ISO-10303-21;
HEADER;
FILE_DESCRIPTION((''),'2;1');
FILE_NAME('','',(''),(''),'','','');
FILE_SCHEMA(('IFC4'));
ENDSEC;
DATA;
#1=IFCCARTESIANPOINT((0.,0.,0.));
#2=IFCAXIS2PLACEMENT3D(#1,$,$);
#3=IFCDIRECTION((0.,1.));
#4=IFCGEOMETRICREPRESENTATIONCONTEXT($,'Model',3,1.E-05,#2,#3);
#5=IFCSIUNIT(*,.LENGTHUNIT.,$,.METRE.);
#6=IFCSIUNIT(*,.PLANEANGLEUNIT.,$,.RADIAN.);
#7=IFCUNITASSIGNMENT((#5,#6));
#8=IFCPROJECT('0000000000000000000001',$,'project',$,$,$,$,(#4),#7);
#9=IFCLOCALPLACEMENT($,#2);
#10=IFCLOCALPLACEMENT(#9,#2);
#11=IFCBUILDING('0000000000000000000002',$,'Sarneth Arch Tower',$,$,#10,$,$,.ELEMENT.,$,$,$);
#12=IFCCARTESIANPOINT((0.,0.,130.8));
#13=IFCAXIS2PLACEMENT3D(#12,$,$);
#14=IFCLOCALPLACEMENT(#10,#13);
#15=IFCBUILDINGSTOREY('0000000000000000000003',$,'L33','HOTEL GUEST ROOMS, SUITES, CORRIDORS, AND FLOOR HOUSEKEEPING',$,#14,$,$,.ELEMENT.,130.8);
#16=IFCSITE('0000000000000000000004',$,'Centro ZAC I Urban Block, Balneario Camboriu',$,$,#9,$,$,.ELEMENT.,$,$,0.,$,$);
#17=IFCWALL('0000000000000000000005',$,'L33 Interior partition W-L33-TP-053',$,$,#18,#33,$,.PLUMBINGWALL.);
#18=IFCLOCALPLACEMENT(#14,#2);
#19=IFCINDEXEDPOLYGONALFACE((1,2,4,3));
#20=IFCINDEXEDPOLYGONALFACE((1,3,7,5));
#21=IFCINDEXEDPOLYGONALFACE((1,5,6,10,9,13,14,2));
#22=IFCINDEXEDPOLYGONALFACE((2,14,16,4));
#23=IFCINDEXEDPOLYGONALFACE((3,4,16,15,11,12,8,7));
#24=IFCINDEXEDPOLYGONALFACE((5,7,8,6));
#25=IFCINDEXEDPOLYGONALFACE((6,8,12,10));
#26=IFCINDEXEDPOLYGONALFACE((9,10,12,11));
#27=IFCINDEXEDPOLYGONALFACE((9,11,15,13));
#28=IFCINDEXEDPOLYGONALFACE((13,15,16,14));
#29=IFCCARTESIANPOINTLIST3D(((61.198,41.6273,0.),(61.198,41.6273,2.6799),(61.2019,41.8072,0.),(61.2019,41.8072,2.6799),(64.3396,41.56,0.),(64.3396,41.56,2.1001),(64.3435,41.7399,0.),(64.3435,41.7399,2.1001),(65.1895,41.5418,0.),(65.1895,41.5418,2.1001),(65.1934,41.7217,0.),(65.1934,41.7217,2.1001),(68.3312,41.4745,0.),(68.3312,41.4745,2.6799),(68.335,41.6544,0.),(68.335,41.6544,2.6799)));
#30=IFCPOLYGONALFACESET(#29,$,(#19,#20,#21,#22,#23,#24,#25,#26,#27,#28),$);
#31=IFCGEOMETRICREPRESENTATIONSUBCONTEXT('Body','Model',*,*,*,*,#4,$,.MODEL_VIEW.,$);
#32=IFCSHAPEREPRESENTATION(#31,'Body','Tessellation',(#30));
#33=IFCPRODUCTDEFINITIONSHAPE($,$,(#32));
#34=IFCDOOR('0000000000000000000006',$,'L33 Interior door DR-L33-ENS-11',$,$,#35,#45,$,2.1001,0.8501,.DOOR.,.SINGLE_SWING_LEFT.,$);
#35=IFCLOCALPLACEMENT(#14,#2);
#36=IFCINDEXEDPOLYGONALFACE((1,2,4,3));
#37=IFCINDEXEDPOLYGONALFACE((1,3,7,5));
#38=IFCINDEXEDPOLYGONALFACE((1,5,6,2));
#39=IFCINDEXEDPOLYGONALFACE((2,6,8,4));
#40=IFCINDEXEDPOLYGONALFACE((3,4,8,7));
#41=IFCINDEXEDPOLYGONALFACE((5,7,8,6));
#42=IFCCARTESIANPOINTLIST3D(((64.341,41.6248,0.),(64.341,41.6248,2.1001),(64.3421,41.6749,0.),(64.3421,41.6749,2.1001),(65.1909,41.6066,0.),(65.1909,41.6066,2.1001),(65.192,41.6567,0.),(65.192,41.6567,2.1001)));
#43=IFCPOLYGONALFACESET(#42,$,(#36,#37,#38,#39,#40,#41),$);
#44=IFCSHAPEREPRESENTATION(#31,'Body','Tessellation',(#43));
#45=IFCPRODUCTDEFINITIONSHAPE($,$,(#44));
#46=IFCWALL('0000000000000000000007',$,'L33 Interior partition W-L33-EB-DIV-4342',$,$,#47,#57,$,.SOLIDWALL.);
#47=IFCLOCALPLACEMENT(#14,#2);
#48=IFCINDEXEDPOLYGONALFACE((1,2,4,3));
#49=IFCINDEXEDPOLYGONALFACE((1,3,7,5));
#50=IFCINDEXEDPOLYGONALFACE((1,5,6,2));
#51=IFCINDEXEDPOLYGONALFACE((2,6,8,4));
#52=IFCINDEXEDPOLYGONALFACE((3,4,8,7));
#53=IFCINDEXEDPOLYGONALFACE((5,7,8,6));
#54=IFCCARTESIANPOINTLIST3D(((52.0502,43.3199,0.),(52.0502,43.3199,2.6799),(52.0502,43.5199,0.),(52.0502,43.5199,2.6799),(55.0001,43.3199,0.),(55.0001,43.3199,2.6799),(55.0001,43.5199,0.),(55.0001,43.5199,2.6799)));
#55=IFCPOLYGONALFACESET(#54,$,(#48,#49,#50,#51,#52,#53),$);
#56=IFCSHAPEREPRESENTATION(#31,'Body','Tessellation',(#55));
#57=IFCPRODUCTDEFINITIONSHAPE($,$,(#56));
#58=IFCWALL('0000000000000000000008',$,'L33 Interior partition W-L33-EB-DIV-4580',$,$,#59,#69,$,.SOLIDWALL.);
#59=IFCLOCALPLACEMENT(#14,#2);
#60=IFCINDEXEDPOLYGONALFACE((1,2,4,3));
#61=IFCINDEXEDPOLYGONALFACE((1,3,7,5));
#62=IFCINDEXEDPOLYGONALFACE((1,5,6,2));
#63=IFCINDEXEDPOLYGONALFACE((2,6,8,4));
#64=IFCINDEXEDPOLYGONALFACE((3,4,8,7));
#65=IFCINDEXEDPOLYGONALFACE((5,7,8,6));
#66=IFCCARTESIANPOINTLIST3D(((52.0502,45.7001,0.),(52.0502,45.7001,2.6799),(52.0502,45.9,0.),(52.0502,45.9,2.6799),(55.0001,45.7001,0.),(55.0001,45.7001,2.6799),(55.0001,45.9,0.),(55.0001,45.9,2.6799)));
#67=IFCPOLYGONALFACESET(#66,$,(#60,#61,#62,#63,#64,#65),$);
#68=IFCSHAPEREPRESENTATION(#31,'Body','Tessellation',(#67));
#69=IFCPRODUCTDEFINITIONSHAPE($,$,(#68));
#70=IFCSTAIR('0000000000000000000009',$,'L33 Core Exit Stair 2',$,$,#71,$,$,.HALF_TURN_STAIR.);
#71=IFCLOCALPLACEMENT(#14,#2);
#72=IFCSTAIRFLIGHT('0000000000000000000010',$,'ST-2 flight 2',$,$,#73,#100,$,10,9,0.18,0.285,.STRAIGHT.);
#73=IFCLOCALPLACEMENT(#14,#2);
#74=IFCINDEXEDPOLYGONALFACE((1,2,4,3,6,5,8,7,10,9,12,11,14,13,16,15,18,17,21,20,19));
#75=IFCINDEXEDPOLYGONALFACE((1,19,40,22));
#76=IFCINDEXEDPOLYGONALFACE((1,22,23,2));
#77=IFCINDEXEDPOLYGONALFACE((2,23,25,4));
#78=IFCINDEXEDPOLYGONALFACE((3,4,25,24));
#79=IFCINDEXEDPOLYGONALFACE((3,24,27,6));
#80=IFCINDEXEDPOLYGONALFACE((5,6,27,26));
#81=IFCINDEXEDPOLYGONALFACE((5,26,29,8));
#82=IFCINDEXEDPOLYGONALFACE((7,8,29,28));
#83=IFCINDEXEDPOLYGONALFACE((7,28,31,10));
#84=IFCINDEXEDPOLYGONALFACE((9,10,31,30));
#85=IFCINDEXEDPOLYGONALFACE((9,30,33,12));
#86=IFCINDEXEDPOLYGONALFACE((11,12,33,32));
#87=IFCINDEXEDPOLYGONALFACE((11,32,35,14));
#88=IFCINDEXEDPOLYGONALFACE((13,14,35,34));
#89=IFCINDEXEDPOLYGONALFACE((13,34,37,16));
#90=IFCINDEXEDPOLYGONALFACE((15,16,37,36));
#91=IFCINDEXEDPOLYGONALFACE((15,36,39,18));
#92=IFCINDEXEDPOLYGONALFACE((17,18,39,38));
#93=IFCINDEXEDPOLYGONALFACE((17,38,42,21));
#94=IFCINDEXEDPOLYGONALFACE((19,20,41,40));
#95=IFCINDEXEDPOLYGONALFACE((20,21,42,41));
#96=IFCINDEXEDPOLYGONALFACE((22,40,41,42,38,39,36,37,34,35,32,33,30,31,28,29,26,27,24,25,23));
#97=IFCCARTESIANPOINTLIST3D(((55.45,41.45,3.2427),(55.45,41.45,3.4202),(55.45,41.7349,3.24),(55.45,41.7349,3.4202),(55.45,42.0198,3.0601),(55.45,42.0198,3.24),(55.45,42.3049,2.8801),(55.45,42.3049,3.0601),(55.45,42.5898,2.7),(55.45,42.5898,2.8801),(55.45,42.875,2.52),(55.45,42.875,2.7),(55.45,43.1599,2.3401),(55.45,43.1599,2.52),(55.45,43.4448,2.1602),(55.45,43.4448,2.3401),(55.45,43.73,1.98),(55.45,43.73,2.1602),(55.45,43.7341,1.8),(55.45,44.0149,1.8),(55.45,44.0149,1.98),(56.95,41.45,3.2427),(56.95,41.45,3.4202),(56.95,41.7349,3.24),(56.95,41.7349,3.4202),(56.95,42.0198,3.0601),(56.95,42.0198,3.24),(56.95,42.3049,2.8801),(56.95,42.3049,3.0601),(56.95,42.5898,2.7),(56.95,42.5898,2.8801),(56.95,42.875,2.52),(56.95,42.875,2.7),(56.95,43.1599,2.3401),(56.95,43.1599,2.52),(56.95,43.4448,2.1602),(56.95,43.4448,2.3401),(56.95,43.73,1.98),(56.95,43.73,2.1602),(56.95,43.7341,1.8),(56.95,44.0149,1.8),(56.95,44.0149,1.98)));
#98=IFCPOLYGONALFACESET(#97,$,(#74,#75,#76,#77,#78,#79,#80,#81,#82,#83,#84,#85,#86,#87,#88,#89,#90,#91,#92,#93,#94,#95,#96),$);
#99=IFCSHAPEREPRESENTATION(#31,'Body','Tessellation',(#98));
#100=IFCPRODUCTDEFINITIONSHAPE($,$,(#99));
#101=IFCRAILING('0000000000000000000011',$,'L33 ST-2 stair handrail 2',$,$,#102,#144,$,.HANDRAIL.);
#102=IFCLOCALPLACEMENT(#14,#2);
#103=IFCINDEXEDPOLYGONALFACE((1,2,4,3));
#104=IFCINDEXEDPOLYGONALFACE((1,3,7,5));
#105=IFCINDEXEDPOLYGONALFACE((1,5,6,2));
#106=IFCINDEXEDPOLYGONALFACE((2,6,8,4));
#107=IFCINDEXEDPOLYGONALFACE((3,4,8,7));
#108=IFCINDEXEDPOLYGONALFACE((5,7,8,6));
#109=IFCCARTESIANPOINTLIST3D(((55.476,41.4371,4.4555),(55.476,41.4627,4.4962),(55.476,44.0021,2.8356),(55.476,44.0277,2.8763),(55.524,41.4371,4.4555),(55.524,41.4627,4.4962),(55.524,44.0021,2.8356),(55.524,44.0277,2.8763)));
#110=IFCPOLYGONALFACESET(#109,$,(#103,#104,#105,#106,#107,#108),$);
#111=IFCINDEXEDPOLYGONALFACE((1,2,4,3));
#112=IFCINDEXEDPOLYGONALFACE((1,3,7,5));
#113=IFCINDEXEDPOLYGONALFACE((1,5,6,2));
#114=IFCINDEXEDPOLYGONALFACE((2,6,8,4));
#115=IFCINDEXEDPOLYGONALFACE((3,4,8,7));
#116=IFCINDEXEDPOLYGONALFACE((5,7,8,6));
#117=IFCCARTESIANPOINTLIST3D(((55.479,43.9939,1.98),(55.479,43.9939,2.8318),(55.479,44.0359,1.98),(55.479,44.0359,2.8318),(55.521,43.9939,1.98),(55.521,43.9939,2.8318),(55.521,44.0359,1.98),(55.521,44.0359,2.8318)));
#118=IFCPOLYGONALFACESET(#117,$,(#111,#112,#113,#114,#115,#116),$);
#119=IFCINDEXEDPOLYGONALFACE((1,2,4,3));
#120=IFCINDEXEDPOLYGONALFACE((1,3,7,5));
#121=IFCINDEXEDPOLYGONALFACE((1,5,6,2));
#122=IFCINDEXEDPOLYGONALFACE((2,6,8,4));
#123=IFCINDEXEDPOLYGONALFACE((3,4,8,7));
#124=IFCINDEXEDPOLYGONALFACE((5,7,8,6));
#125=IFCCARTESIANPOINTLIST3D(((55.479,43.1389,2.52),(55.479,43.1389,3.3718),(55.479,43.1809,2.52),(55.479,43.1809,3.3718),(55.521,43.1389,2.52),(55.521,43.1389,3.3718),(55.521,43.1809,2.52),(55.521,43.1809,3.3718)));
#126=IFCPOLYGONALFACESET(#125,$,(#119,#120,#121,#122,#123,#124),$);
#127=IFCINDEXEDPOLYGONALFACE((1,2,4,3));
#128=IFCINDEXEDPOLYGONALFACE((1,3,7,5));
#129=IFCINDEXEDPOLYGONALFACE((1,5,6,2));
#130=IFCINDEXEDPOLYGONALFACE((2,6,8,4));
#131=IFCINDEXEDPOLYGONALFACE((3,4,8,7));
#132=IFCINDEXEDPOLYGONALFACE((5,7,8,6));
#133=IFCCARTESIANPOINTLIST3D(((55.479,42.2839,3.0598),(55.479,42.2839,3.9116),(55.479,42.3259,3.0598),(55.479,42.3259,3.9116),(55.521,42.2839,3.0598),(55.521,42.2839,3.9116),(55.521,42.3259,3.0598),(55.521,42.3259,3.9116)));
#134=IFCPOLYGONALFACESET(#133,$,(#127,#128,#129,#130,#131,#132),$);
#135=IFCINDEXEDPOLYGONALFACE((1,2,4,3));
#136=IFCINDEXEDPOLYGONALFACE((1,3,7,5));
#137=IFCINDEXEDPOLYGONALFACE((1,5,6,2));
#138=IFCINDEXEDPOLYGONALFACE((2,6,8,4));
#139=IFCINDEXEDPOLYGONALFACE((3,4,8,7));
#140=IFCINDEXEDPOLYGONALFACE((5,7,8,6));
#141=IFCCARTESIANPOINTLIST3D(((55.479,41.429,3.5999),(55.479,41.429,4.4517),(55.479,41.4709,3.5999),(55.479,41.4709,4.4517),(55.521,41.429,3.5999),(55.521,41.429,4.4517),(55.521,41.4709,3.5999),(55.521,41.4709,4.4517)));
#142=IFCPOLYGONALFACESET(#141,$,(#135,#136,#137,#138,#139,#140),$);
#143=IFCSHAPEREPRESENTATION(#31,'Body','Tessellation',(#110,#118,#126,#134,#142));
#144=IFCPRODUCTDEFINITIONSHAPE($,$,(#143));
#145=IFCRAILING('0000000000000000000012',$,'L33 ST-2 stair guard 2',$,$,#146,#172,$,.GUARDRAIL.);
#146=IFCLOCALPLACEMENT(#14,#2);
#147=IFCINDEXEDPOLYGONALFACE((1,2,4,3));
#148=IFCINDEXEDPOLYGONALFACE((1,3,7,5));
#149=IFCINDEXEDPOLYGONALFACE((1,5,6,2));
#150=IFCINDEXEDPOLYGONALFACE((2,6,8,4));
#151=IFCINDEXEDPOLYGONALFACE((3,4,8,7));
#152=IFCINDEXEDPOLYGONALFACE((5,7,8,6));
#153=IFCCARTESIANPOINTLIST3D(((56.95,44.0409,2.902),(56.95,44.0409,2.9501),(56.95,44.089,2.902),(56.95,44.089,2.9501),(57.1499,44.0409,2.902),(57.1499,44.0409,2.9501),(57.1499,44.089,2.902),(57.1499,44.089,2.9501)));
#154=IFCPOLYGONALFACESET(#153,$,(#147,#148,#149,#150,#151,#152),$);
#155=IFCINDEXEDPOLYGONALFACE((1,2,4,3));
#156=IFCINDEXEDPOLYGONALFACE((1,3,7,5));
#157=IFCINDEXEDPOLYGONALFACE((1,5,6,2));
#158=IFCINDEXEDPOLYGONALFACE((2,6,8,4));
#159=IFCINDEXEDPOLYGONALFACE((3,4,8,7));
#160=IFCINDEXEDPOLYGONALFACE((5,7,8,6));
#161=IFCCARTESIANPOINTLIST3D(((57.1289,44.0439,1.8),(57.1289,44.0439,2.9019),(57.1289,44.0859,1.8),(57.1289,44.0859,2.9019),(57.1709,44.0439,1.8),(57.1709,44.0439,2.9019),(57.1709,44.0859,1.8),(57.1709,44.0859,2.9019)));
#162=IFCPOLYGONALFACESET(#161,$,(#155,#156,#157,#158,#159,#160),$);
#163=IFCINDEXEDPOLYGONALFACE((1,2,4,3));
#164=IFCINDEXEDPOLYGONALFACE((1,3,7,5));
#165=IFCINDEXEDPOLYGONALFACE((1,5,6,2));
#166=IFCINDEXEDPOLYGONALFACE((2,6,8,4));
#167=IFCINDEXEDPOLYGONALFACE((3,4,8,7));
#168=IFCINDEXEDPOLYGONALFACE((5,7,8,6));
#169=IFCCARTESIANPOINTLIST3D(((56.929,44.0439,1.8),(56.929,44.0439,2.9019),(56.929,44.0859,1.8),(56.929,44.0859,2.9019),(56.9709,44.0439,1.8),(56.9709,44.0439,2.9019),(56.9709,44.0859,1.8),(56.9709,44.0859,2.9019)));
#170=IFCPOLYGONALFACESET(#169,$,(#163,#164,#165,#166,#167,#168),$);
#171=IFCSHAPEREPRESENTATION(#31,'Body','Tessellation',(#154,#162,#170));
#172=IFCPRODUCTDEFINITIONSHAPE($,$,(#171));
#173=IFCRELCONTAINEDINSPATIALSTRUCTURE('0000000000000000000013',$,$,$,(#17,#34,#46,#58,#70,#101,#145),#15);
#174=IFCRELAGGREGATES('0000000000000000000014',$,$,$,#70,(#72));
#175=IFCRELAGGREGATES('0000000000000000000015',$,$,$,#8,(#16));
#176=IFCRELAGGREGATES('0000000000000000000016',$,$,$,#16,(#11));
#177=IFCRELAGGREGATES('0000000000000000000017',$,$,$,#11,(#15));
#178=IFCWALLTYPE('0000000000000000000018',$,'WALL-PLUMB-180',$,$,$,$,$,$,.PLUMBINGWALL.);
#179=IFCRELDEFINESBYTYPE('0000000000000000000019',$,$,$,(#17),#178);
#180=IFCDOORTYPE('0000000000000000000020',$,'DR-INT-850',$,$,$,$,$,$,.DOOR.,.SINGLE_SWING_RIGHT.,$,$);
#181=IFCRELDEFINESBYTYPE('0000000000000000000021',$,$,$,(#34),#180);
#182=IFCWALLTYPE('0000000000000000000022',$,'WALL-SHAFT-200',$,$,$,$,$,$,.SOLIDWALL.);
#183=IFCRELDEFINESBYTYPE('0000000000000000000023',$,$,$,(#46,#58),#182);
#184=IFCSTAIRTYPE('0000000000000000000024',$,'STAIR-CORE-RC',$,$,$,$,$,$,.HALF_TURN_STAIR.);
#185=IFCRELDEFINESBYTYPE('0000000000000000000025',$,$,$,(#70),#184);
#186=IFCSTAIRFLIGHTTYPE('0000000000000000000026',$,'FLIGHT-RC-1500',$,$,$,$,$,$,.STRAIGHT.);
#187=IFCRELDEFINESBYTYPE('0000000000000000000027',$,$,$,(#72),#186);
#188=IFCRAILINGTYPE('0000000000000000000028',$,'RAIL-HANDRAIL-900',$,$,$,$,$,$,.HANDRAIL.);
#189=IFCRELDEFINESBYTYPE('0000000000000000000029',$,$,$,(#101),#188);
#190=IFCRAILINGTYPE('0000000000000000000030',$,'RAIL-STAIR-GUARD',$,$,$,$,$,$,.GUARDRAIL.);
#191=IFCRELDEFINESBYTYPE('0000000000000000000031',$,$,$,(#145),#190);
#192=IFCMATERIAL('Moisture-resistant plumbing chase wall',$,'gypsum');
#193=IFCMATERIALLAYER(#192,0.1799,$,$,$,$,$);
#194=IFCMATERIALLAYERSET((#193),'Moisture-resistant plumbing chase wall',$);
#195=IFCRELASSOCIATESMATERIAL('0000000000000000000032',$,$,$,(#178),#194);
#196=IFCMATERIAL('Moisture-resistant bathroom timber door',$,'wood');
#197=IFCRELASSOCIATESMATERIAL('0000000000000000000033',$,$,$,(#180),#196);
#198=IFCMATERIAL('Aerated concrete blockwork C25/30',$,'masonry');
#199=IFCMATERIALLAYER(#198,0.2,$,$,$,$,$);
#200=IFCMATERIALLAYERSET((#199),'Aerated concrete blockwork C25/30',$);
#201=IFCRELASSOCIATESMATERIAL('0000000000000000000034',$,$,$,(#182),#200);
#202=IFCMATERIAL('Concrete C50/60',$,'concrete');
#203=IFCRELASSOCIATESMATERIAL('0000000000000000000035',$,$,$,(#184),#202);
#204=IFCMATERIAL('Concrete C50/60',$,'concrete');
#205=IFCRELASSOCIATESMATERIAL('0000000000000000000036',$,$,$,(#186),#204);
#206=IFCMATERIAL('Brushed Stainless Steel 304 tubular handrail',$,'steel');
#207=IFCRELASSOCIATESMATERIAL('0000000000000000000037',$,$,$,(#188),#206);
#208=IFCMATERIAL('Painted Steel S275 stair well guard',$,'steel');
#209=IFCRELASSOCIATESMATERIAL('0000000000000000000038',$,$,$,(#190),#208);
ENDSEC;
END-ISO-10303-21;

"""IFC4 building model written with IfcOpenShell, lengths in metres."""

from ifc_helpers import new_model, si_unit, direction, frame, frame_2d, origin, origin_2d, place, context, subcontext, project, spatial, polyline, rectangle, outline, extrude, material, layer, layer_set, type_object, element, fill, aggregate, save


model = new_model("IFC4")

# Units and contexts
model_context = context("Model", 3, precision=1e-05, world=origin(), true_north=direction((0.0, 1.0)))
body_context = subcontext(model_context, "Body", "Model", "MODEL_VIEW")
ifc_project = project(units=[si_unit("LENGTHUNIT", "METRE"), si_unit("PLANEANGLEUNIT", "RADIAN")], contexts=[model_context])

# Site, building, storey
site_placement = place(None, origin())
site = spatial("IfcSite", under=ifc_project, at=site_placement, Name="Centro ZAC I Urban Block, Balneario Camboriu", CompositionType="ELEMENT", RefElevation=0.0)
building_placement = place(site_placement, origin())
building = spatial("IfcBuilding", under=site, at=building_placement, Name="Sarneth Arch Tower", CompositionType="ELEMENT")
storey_placement = place(building_placement, frame((0.0, 0.0, 130.8)))
storey = spatial("IfcBuildingStorey", under=building, at=storey_placement, Name="L33", Description="HOTEL GUEST ROOMS, SUITES, CORRIDORS, AND FLOOR HOUSEKEEPING", CompositionType="ELEMENT", Elevation=130.8)

# Wall, opening, door
ifc_material_1 = material(Name="Moisture-resistant plumbing chase wall", Category="gypsum")
ifc_layer_1 = layer(ifc_material_1, 0.1799)
ifc_layer_set_1 = layer_set([ifc_layer_1], Name="Moisture-resistant plumbing chase wall")
wall_type_1 = type_object("IfcWallType", Name="WALL-PLUMB-180", PredefinedType="PLUMBINGWALL", material=ifc_layer_set_1)
wall_1_placement = place(storey_placement, frame((61.2, 41.7173, 0.0), z_axis=(0.0, 0.0, 1.0), x_axis=(0.999771, -0.021421, 0.0)))
wall_1 = element("IfcWall", 1, at=wall_1_placement, inside=storey, type_object=wall_type_1, Name="L33 Interior partition W-L33-TP-053", PredefinedType="PLUMBINGWALL", context=body_context, shape_type="SweptSolid", body=[
    extrude(rectangle(XDim=7.1348, YDim=0.1799, at=frame_2d((3.5674, 0.0))), origin(), (0.0, 0.0, 1.0), 2.6799),
])
opening_1_placement = place(wall_1_placement, frame((3.1423, 0.0, 0.0)))
opening_1 = element("IfcOpeningElement", 2, at=opening_1_placement, cuts=wall_1, PredefinedType="OPENING", context=body_context, shape_type="SweptSolid", body=[
    extrude(rectangle(XDim=0.8501, YDim=2.1001, at=frame_2d((0.425, 1.05))), frame((0.0, 0.0999, 0.0), z_axis=(0.0, -1.0, 0.0), x_axis=(1.0, 0.0, 0.0)), (0.0, 0.0, 1.0), 0.2),
])
ifc_material_2 = material(Name="Moisture-resistant bathroom timber door", Category="wood")
door_type_1 = type_object("IfcDoorType", Name="DR-INT-850", OperationType="SINGLE_SWING_RIGHT", PredefinedType="DOOR", material=ifc_material_2)
door_1_placement = place(opening_1_placement, origin())
door_1 = element("IfcDoor", 3, at=door_1_placement, inside=storey, type_object=door_type_1, Name="L33 Interior door DR-L33-ENS-11", OperationType="SINGLE_SWING_LEFT", OverallHeight=2.1001, OverallWidth=0.8501, PredefinedType="DOOR", context=body_context, shape_type="SweptSolid", body=[
    extrude(rectangle(XDim=0.8501, YDim=2.1001, at=frame_2d((0.425, 1.05))), frame((0.0, 0.0249, 0.0), z_axis=(0.0, -1.0, 0.0), x_axis=(1.0, 0.0, 0.0)), (0.0, 0.0, 1.0), 0.05),
])
fill(opening_1, door_1)

# Walls
ifc_material_3 = material(Name="Aerated concrete blockwork C25/30", Category="masonry")
ifc_layer_2 = layer(ifc_material_3, 0.2)
ifc_layer_set_2 = layer_set([ifc_layer_2], Name="Aerated concrete blockwork C25/30")
wall_type_2 = type_object("IfcWallType", Name="WALL-SHAFT-200", PredefinedType="SOLIDWALL", material=ifc_layer_set_2)
for number, where, z_axis, x_axis, name in (
    (4, (52.05, 43.4199, 0.0), (0.0, 0.0, 1.0), (1.0, 0.0, 0.0), "L33 Interior partition W-L33-EB-DIV-4342"),
    (5, (52.05, 45.8, 0.0), (0.0, 0.0, 1.0), (1.0, 0.0, 0.0), "L33 Interior partition W-L33-EB-DIV-4580"),
):
    element("IfcWall", number, at=place(storey_placement, frame(where, z_axis=z_axis, x_axis=x_axis)), inside=storey, type_object=wall_type_2, Name=name, PredefinedType="SOLIDWALL", context=body_context, shape_type="SweptSolid", body=[
        extrude(rectangle(XDim=2.95, YDim=0.2, at=frame_2d((1.4751, 0.0))), origin(), (0.0, 0.0, 1.0), 2.6799),
    ])

# Stair, stair flight
ifc_material_4 = material(Name="Concrete C50/60", Category="concrete")
stair_type = type_object("IfcStairType", Name="STAIR-CORE-RC", PredefinedType="HALF_TURN_STAIR", material=ifc_material_4)
stair_placement = place(storey_placement, origin())
stair = element("IfcStair", 6, at=stair_placement, inside=storey, type_object=stair_type, Name="L33 Core Exit Stair 2", PredefinedType="HALF_TURN_STAIR")
ifc_material_5 = material(Name="Concrete C50/60", Category="concrete")
stair_flight_type = type_object("IfcStairFlightType", Name="FLIGHT-RC-1500", PredefinedType="STRAIGHT", material=ifc_material_5)
stair_flight_placement = place(storey_placement, frame((56.2, 44.0149, 1.8), z_axis=(0.0, 0.0, 1.0), x_axis=(0.0, -1.0, 0.0)))
stair_flight = element("IfcStairFlight", 7, at=stair_flight_placement, type_object=stair_flight_type, Name="ST-2 flight 2", NumberOfRisers=10, NumberOfTreads=9, PredefinedType="STRAIGHT", RiserHeight=0.18, TreadLength=0.285, context=body_context, shape_type="SweptSolid", body=[
    extrude(outline(polyline([(0.0, 0.0), (0.0, 0.1799), (0.2849, 0.1799), (0.2849, 0.3601), (0.5701, 0.3601), (0.5701, 0.54), (0.855, 0.54), (0.855, 0.72), (1.1399, 0.72), (1.1399, 0.8999), (1.425, 0.8999), (1.425, 1.0801), (1.71, 1.0801), (1.71, 1.26), (1.9951, 1.26), (1.9951, 1.4399), (2.28, 1.4399), (2.28, 1.6201), (2.5649, 1.6201), (2.5649, 1.8), (2.5649, 1.4426), (0.2808, 0.0), (0.0, 0.0)])), frame((0.0, 0.75, 0.0), z_axis=(0.0, -1.0, 0.0), x_axis=(1.0, 0.0, 0.0)), (0.0, 0.0, 1.0), 1.5),
])
aggregate(stair, [stair_flight])

# Railings
ifc_material_6 = material(Name="Brushed Stainless Steel 304 tubular handrail", Category="steel")
railing_type_1 = type_object("IfcRailingType", Name="RAIL-HANDRAIL-900", PredefinedType="HANDRAIL", material=ifc_material_6)
railing_1_placement = place(storey_placement, frame((55.5, 44.0149, 1.98)))
element("IfcRailing", 8, at=railing_1_placement, inside=storey, type_object=railing_type_1, Name="L33 ST-2 stair handrail 2", PredefinedType="HANDRAIL", context=body_context, shape_type="SweptSolid", body=[
    extrude(rectangle(XDim=0.0481, YDim=0.0481, at=origin_2d()), frame((0.0, 0.0, 0.876), z_axis=(0.0, -0.845502, 0.533972), x_axis=(1.0, 0.0, 0.0)), (0.0, 0.0, 1.0), 3.0337),
    extrude(rectangle(XDim=0.042, YDim=0.042, at=origin_2d()), origin(), (0.0, 0.0, 1.0), 0.8518),
    extrude(rectangle(XDim=0.042, YDim=0.042, at=origin_2d()), frame((0.0, -0.855, 0.54)), (0.0, 0.0, 1.0), 0.8518),
    extrude(rectangle(XDim=0.042, YDim=0.042, at=origin_2d()), frame((0.0, -1.71, 1.0798)), (0.0, 0.0, 1.0), 0.8518),
    extrude(rectangle(XDim=0.042, YDim=0.042, at=origin_2d()), frame((0.0, -2.5649, 1.6199)), (0.0, 0.0, 1.0), 0.8518),
])
ifc_material_7 = material(Name="Painted Steel S275 stair well guard", Category="steel")
railing_type_2 = type_object("IfcRailingType", Name="RAIL-STAIR-GUARD", PredefinedType="GUARDRAIL", material=ifc_material_7)
railing_2_placement = place(storey_placement, frame((57.1499, 44.0649, 1.8)))
element("IfcRailing", 9, at=railing_2_placement, inside=storey, type_object=railing_type_2, Name="L33 ST-2 stair guard 2", PredefinedType="GUARDRAIL", context=body_context, shape_type="SweptSolid", body=[
    extrude(rectangle(XDim=0.0481, YDim=0.0481, at=origin_2d()), frame((0.0, 0.0, 1.126), z_axis=(-1.0, 0.0, 0.0), x_axis=(0.0, -1.0, 0.0)), (0.0, 0.0, 1.0), 0.2),
    extrude(rectangle(XDim=0.042, YDim=0.042, at=origin_2d()), origin(), (0.0, 0.0, 1.0), 1.1018),
    extrude(rectangle(XDim=0.042, YDim=0.042, at=origin_2d()), frame((-0.2, 0.0, 0.0)), (0.0, 0.0, 1.0), 1.1018),
])

save(model, "model.ifc")
